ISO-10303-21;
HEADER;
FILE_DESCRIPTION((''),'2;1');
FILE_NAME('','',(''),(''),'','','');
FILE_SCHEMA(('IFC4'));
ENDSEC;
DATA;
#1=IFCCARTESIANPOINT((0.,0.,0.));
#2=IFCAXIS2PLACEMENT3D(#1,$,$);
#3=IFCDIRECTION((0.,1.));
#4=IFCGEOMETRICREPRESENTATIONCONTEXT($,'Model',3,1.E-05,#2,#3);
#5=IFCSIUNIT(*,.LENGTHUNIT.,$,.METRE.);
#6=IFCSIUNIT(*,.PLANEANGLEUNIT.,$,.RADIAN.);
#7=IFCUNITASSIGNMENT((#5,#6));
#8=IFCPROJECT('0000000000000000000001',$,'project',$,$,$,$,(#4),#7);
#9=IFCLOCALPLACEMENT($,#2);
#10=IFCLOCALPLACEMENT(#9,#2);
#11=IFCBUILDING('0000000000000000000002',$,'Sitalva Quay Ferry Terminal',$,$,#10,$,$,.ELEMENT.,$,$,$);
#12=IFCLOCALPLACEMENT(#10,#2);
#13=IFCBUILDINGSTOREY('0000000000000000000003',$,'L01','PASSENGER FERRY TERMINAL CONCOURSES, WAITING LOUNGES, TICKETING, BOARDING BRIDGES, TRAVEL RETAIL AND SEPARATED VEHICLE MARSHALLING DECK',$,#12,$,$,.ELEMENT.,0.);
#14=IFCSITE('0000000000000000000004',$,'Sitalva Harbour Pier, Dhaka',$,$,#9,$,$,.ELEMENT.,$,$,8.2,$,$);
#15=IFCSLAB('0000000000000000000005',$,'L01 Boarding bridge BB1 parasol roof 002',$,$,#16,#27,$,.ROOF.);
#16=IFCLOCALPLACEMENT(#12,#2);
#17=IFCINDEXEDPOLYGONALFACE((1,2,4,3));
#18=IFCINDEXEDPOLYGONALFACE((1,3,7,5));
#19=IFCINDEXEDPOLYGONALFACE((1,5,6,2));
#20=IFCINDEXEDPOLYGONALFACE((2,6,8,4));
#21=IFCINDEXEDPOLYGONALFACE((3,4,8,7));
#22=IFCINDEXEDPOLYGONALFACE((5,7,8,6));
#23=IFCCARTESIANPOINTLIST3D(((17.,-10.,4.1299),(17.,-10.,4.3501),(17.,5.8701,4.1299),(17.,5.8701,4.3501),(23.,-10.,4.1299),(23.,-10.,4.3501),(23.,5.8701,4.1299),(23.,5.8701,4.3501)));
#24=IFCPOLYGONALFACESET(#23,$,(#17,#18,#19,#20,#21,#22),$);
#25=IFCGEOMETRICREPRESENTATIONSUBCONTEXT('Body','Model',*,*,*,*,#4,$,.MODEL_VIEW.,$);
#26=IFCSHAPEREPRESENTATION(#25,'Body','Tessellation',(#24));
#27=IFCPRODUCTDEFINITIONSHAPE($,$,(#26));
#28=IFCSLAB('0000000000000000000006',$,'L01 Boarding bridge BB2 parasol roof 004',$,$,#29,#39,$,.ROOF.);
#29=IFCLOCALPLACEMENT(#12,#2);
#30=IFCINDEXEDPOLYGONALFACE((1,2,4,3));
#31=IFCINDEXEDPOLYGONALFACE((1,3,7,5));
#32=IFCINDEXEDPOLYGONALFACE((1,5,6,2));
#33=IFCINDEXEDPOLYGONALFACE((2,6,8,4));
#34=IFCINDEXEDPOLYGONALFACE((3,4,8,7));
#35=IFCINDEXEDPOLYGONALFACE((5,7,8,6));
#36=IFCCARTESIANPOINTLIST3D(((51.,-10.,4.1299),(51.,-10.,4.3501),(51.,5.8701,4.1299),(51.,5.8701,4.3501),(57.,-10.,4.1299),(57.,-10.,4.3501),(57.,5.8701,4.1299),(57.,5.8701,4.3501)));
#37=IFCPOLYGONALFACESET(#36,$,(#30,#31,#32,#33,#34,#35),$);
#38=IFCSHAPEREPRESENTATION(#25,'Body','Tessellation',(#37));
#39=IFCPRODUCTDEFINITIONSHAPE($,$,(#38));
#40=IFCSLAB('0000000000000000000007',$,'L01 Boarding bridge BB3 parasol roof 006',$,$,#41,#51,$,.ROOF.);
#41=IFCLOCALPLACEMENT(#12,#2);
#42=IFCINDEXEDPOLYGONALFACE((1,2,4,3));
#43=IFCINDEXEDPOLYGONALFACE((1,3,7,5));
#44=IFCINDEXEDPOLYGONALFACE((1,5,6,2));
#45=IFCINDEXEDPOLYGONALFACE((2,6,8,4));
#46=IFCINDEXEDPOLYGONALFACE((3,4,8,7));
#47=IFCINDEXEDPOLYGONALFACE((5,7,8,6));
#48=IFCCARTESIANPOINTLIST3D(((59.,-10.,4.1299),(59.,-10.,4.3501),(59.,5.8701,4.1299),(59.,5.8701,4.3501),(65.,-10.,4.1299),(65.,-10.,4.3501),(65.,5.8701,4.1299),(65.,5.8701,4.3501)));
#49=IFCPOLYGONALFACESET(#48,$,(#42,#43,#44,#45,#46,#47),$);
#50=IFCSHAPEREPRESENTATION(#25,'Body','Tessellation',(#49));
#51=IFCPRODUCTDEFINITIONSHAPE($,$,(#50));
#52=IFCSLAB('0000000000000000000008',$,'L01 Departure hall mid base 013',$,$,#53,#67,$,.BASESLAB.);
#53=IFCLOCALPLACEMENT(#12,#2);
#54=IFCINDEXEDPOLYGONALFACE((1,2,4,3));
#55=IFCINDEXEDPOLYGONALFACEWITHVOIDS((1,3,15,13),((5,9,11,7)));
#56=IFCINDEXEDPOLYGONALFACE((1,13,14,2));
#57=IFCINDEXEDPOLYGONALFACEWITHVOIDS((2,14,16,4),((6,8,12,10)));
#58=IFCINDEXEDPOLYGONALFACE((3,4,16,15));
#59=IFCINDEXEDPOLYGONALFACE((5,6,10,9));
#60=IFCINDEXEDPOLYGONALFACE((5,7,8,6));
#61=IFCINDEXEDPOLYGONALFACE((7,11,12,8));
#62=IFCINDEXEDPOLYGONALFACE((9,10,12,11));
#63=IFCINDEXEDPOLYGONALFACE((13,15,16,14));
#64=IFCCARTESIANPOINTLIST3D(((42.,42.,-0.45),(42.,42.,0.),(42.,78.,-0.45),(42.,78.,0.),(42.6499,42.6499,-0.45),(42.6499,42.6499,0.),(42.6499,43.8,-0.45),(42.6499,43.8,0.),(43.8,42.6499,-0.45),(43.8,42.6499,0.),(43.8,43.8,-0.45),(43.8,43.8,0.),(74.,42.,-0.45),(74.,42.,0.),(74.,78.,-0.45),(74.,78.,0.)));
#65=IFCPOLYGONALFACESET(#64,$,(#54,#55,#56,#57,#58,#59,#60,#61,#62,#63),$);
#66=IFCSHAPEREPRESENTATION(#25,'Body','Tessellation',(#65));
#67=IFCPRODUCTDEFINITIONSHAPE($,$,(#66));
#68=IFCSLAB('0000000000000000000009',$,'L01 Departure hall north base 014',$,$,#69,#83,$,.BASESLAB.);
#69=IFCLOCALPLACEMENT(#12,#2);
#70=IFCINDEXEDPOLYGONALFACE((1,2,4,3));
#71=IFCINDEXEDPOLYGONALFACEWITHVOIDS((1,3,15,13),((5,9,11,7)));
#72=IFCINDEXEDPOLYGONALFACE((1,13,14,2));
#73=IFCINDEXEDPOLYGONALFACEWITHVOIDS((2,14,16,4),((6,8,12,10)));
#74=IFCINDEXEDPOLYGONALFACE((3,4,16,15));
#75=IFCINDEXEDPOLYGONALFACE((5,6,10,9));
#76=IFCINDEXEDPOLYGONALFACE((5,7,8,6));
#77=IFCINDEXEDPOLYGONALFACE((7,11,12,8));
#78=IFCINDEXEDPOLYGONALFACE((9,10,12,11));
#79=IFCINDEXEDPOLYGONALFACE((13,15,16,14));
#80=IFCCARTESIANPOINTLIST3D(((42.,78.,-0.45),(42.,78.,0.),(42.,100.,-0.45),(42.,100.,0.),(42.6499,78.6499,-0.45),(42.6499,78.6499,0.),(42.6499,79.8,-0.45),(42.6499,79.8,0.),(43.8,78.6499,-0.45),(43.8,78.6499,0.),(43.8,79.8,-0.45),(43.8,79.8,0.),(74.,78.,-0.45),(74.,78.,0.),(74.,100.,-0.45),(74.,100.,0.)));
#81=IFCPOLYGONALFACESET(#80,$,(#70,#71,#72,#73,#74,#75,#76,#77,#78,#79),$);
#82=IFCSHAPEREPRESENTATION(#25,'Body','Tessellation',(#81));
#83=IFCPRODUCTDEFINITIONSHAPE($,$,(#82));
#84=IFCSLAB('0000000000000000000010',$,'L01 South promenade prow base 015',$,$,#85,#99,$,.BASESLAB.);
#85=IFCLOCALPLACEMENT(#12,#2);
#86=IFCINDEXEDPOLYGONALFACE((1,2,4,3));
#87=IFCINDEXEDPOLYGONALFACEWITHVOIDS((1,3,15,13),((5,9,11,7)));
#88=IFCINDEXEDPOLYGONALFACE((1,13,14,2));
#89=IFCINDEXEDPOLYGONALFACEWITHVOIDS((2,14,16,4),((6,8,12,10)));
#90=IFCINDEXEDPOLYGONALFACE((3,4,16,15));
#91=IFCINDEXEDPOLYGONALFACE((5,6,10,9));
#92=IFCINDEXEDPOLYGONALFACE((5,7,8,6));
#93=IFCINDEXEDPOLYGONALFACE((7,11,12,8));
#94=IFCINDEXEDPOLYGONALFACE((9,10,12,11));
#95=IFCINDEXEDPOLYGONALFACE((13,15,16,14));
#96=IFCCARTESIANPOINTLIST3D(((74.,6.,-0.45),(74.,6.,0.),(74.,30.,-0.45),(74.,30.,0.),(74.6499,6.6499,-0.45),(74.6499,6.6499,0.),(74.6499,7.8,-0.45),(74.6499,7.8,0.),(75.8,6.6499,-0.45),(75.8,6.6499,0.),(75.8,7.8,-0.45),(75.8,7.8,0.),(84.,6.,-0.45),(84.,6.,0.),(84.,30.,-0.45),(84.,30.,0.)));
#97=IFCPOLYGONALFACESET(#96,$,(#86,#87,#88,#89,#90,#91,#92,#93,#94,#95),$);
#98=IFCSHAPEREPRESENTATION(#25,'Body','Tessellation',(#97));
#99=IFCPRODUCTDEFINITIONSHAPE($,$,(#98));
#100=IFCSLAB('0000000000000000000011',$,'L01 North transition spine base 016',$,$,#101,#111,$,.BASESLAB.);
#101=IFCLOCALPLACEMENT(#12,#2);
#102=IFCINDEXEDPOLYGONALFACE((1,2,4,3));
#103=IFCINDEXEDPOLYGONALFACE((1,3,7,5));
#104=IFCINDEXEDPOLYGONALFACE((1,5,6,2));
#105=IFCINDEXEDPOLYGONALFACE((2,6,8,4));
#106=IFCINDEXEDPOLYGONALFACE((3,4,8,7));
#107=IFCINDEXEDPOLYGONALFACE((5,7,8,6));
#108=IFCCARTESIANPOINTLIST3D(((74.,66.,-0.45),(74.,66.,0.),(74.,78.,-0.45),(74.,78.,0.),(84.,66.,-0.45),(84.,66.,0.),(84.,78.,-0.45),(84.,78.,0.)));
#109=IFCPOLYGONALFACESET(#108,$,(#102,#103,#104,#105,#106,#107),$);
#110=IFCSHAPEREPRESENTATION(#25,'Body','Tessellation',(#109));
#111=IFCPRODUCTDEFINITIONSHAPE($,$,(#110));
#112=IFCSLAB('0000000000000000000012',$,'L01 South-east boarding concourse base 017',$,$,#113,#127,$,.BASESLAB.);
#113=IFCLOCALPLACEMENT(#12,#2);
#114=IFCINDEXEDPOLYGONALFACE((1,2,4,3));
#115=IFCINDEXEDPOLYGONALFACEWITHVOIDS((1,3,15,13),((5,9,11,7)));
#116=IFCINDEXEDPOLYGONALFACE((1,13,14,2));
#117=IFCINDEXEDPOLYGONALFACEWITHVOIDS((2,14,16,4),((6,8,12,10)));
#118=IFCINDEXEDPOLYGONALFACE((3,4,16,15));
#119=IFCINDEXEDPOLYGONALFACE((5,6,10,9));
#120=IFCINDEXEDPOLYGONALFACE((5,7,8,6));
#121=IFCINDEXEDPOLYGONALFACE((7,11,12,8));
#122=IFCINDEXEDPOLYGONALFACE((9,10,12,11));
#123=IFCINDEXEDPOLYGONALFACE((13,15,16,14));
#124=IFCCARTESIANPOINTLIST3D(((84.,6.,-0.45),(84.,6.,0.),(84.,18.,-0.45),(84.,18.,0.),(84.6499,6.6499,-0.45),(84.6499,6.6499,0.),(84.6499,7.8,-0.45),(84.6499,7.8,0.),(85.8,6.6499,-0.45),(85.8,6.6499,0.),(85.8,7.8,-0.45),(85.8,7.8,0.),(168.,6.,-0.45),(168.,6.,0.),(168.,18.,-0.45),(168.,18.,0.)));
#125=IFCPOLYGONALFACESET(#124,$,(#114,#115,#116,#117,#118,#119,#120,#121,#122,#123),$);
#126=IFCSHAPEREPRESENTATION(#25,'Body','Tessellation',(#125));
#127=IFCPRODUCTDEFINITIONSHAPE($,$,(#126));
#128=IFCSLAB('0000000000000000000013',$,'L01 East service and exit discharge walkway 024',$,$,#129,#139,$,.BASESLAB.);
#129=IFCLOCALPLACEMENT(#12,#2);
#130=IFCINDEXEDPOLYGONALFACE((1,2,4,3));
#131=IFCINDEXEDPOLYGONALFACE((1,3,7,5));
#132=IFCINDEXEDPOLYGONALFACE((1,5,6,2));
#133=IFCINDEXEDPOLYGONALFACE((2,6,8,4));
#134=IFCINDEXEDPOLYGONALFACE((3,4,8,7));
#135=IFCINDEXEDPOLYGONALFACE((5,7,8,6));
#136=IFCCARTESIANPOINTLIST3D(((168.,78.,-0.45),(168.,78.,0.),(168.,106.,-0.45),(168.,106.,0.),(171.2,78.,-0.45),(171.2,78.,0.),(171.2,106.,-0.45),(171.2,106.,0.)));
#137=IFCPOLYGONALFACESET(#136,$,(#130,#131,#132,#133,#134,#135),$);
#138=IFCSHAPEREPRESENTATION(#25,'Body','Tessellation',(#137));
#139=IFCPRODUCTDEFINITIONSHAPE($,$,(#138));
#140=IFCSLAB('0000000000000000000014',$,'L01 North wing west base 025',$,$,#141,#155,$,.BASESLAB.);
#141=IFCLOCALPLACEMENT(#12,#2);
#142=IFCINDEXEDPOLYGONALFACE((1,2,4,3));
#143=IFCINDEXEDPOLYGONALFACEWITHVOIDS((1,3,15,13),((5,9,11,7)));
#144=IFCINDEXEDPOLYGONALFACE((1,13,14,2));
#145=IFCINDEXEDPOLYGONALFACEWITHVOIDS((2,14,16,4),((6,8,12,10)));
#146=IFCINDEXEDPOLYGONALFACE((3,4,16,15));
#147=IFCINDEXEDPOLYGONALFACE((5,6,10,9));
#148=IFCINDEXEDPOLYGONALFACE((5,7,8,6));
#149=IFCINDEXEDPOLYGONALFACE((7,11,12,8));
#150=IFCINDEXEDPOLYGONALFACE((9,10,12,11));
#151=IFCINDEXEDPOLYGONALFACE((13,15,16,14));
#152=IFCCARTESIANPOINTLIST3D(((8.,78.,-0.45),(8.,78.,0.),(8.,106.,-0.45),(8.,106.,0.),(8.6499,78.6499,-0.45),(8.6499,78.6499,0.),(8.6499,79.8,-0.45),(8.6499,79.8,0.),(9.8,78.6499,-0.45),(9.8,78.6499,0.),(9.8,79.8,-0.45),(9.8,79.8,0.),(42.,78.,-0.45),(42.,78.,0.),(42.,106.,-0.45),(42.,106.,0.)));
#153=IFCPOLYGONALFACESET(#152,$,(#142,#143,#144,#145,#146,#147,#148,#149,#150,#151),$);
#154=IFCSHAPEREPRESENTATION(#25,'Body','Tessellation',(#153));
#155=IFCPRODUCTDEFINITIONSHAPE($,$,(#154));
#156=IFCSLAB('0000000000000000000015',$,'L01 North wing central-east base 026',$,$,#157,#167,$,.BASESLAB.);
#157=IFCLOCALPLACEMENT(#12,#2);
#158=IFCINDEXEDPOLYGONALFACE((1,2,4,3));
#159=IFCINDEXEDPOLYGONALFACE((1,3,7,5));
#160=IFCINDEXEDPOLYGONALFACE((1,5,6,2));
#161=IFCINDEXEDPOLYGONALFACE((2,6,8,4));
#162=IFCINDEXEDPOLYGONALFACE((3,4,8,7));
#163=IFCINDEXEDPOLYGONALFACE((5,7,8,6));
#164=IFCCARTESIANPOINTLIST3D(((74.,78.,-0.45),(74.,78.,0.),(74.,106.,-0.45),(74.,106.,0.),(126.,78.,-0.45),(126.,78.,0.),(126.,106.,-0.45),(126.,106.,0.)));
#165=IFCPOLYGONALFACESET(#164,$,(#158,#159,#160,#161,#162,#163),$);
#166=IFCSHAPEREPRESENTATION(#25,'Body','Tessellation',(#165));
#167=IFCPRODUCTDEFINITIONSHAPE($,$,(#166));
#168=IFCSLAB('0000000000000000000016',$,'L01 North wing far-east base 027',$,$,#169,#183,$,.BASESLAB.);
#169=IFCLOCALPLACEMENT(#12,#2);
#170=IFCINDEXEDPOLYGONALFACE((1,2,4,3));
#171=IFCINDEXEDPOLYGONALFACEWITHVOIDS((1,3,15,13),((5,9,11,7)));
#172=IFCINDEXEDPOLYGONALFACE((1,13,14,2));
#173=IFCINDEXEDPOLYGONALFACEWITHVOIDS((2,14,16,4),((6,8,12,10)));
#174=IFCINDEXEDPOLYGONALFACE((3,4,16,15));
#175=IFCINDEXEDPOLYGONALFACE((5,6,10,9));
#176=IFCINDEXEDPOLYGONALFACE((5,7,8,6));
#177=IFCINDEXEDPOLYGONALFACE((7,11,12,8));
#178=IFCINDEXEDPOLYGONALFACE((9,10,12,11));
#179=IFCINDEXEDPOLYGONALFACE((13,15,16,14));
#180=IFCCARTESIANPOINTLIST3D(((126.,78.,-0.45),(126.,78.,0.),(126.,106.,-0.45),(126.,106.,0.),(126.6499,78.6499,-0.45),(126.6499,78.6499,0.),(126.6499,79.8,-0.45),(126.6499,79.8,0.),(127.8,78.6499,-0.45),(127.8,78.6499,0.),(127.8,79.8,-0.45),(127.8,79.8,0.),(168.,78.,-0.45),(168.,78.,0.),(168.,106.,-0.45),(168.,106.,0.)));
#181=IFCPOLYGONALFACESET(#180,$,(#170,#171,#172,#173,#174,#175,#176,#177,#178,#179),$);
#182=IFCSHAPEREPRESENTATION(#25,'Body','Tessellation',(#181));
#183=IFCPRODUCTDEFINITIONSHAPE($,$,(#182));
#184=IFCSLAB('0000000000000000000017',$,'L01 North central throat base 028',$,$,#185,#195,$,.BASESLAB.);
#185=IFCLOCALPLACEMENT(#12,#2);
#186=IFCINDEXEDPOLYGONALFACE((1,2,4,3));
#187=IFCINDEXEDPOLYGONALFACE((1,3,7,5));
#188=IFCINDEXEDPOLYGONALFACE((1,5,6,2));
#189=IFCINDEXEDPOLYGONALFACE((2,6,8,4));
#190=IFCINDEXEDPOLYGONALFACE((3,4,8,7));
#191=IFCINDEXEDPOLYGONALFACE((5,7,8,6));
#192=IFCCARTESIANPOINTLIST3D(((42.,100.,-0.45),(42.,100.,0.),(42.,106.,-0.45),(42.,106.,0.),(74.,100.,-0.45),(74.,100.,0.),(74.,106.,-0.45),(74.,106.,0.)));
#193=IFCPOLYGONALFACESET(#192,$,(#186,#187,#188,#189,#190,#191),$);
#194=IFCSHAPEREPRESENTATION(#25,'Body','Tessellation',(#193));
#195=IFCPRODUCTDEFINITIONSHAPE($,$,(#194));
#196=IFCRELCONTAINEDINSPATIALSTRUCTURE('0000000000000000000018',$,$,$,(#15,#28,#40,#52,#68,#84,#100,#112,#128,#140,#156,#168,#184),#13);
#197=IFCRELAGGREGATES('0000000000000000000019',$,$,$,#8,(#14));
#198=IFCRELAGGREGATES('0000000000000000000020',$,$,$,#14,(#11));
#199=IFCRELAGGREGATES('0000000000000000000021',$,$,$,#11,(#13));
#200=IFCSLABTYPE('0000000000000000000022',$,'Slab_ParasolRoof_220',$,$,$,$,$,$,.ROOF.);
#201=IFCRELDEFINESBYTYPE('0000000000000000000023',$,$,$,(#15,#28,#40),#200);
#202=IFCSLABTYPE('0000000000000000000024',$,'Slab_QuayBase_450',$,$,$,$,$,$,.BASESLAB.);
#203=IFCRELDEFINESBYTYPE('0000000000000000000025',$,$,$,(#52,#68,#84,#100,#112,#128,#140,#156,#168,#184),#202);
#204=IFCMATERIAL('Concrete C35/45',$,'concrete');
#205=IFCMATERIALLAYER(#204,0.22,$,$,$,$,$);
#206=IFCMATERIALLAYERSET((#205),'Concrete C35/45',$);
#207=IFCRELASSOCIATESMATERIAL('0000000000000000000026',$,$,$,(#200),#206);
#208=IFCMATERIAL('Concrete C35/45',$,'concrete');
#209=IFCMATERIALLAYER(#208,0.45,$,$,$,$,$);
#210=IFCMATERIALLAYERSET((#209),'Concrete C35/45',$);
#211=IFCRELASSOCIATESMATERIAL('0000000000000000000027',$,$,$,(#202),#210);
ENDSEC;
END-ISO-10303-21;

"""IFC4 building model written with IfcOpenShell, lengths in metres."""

from ifc_helpers import new_model, si_unit, direction, frame, origin, place, context, subcontext, project, spatial, polyline, outline, extrude, material, layer, layer_set, type_object, element, save


model = new_model("IFC4")

# Units and contexts
model_context = context("Model", 3, precision=1e-05, world=origin(), true_north=direction((0.0, 1.0)))
body_context = subcontext(model_context, "Body", "Model", "MODEL_VIEW")
ifc_project = project(units=[si_unit("LENGTHUNIT", "METRE"), si_unit("PLANEANGLEUNIT", "RADIAN")], contexts=[model_context])

# Site, building, storey
site_placement = place(None, origin())
site = spatial("IfcSite", under=ifc_project, at=site_placement, Name="Sitalva Harbour Pier, Dhaka", CompositionType="ELEMENT", RefElevation=8.2)
building_placement = place(site_placement, origin())
building = spatial("IfcBuilding", under=site, at=building_placement, Name="Sitalva Quay Ferry Terminal", CompositionType="ELEMENT")
storey_placement = place(building_placement, origin())
storey = spatial("IfcBuildingStorey", under=building, at=storey_placement, Name="L01", Description="PASSENGER FERRY TERMINAL CONCOURSES, WAITING LOUNGES, TICKETING, BOARDING BRIDGES, TRAVEL RETAIL AND SEPARATED VEHICLE MARSHALLING DECK", CompositionType="ELEMENT", Elevation=0.0)

# Slabs
ifc_material_1 = material(Name="Concrete C35/45", Category="concrete")
ifc_layer_1 = layer(ifc_material_1, 0.22)
ifc_layer_set_1 = layer_set([ifc_layer_1], Name="Concrete C35/45")
slab_type_1 = type_object("IfcSlabType", Name="Slab_ParasolRoof_220", PredefinedType="ROOF", material=ifc_layer_set_1)
slab_1_placement = place(storey_placement, frame((0.0, 0.0, 4.1299)))
element("IfcSlab", 1, at=slab_1_placement, inside=storey, type_object=slab_type_1, Name="L01 Boarding bridge BB1 parasol roof 002", PredefinedType="ROOF", context=body_context, shape_type="SweptSolid", body=[
    extrude(outline(polyline([(17.0, -10.0), (23.0, -10.0), (23.0, 5.8701), (17.0, 5.8701), (17.0, -10.0)])), origin(), (0.0, 0.0, 1.0), 0.2202),
])
slab_2_placement = place(storey_placement, frame((0.0, 0.0, 4.1299)))
element("IfcSlab", 2, at=slab_2_placement, inside=storey, type_object=slab_type_1, Name="L01 Boarding bridge BB2 parasol roof 004", PredefinedType="ROOF", context=body_context, shape_type="SweptSolid", body=[
    extrude(outline(polyline([(51.0, -10.0), (57.0, -10.0), (57.0, 5.8701), (51.0, 5.8701), (51.0, -10.0)])), origin(), (0.0, 0.0, 1.0), 0.2202),
])
slab_3_placement = place(storey_placement, frame((0.0, 0.0, 4.1299)))
element("IfcSlab", 3, at=slab_3_placement, inside=storey, type_object=slab_type_1, Name="L01 Boarding bridge BB3 parasol roof 006", PredefinedType="ROOF", context=body_context, shape_type="SweptSolid", body=[
    extrude(outline(polyline([(59.0, -10.0), (65.0, -10.0), (65.0, 5.8701), (59.0, 5.8701), (59.0, -10.0)])), origin(), (0.0, 0.0, 1.0), 0.2202),
])
ifc_material_2 = material(Name="Concrete C35/45", Category="concrete")
ifc_layer_2 = layer(ifc_material_2, 0.45)
ifc_layer_set_2 = layer_set([ifc_layer_2], Name="Concrete C35/45")
slab_type_2 = type_object("IfcSlabType", Name="Slab_QuayBase_450", PredefinedType="BASESLAB", material=ifc_layer_set_2)
slab_4_placement = place(storey_placement, frame((0.0, 0.0, -0.45)))
element("IfcSlab", 4, at=slab_4_placement, inside=storey, type_object=slab_type_2, Name="L01 Departure hall mid base 013", PredefinedType="BASESLAB", context=body_context, shape_type="SweptSolid", body=[
    extrude(outline(polyline([(42.0, 42.0), (74.0, 42.0), (74.0, 78.0), (42.0, 78.0), (42.0, 42.0)]), holes=[polyline([(42.6499, 42.6499), (42.6499, 43.8), (43.8, 43.8), (43.8, 42.6499), (42.6499, 42.6499)])]), origin(), (0.0, 0.0, 1.0), 0.45),
])
slab_5_placement = place(storey_placement, frame((0.0, 0.0, -0.45)))
element("IfcSlab", 5, at=slab_5_placement, inside=storey, type_object=slab_type_2, Name="L01 Departure hall north base 014", PredefinedType="BASESLAB", context=body_context, shape_type="SweptSolid", body=[
    extrude(outline(polyline([(42.0, 78.0), (74.0, 78.0), (74.0, 100.0), (42.0, 100.0), (42.0, 78.0)]), holes=[polyline([(42.6499, 78.6499), (42.6499, 79.8), (43.8, 79.8), (43.8, 78.6499), (42.6499, 78.6499)])]), origin(), (0.0, 0.0, 1.0), 0.45),
])
slab_6_placement = place(storey_placement, frame((0.0, 0.0, -0.45)))
element("IfcSlab", 6, at=slab_6_placement, inside=storey, type_object=slab_type_2, Name="L01 South promenade prow base 015", PredefinedType="BASESLAB", context=body_context, shape_type="SweptSolid", body=[
    extrude(outline(polyline([(74.0, 6.0), (84.0, 6.0), (84.0, 30.0), (74.0, 30.0), (74.0, 6.0)]), holes=[polyline([(74.6499, 6.6499), (74.6499, 7.8), (75.8, 7.8), (75.8, 6.6499), (74.6499, 6.6499)])]), origin(), (0.0, 0.0, 1.0), 0.45),
])
slab_7_placement = place(storey_placement, frame((0.0, 0.0, -0.45)))
element("IfcSlab", 7, at=slab_7_placement, inside=storey, type_object=slab_type_2, Name="L01 North transition spine base 016", PredefinedType="BASESLAB", context=body_context, shape_type="SweptSolid", body=[
    extrude(outline(polyline([(74.0, 66.0), (84.0, 66.0), (84.0, 78.0), (74.0, 78.0), (74.0, 66.0)])), origin(), (0.0, 0.0, 1.0), 0.45),
])
slab_8_placement = place(storey_placement, frame((0.0, 0.0, -0.45)))
element("IfcSlab", 8, at=slab_8_placement, inside=storey, type_object=slab_type_2, Name="L01 South-east boarding concourse base 017", PredefinedType="BASESLAB", context=body_context, shape_type="SweptSolid", body=[
    extrude(outline(polyline([(84.0, 6.0), (168.0, 6.0), (168.0, 18.0), (84.0, 18.0), (84.0, 6.0)]), holes=[polyline([(84.6499, 6.6499), (84.6499, 7.8), (85.8, 7.8), (85.8, 6.6499), (84.6499, 6.6499)])]), origin(), (0.0, 0.0, 1.0), 0.45),
])
slab_9_placement = place(storey_placement, frame((0.0, 0.0, -0.45)))
element("IfcSlab", 9, at=slab_9_placement, inside=storey, type_object=slab_type_2, Name="L01 East service and exit discharge walkway 024", PredefinedType="BASESLAB", context=body_context, shape_type="SweptSolid", body=[
    extrude(outline(polyline([(168.0, 78.0), (171.2, 78.0), (171.2, 106.0), (168.0, 106.0), (168.0, 78.0)])), origin(), (0.0, 0.0, 1.0), 0.45),
])
slab_10_placement = place(storey_placement, frame((0.0, 0.0, -0.45)))
element("IfcSlab", 10, at=slab_10_placement, inside=storey, type_object=slab_type_2, Name="L01 North wing west base 025", PredefinedType="BASESLAB", context=body_context, shape_type="SweptSolid", body=[
    extrude(outline(polyline([(8.0, 78.0), (42.0, 78.0), (42.0, 106.0), (8.0, 106.0), (8.0, 78.0)]), holes=[polyline([(8.6499, 78.6499), (8.6499, 79.8), (9.8, 79.8), (9.8, 78.6499), (8.6499, 78.6499)])]), origin(), (0.0, 0.0, 1.0), 0.45),
])
slab_11_placement = place(storey_placement, frame((0.0, 0.0, -0.45)))
element("IfcSlab", 11, at=slab_11_placement, inside=storey, type_object=slab_type_2, Name="L01 North wing central-east base 026", PredefinedType="BASESLAB", context=body_context, shape_type="SweptSolid", body=[
    extrude(outline(polyline([(74.0, 78.0), (126.0, 78.0), (126.0, 106.0), (74.0, 106.0), (74.0, 78.0)])), origin(), (0.0, 0.0, 1.0), 0.45),
])
slab_12_placement = place(storey_placement, frame((0.0, 0.0, -0.45)))
element("IfcSlab", 12, at=slab_12_placement, inside=storey, type_object=slab_type_2, Name="L01 North wing far-east base 027", PredefinedType="BASESLAB", context=body_context, shape_type="SweptSolid", body=[
    extrude(outline(polyline([(126.0, 78.0), (168.0, 78.0), (168.0, 106.0), (126.0, 106.0), (126.0, 78.0)]), holes=[polyline([(126.6499, 78.6499), (126.6499, 79.8), (127.8, 79.8), (127.8, 78.6499), (126.6499, 78.6499)])]), origin(), (0.0, 0.0, 1.0), 0.45),
])
slab_13_placement = place(storey_placement, frame((0.0, 0.0, -0.45)))
element("IfcSlab", 13, at=slab_13_placement, inside=storey, type_object=slab_type_2, Name="L01 North central throat base 028", PredefinedType="BASESLAB", context=body_context, shape_type="SweptSolid", body=[
    extrude(outline(polyline([(42.0, 100.0), (74.0, 100.0), (74.0, 106.0), (42.0, 106.0), (42.0, 100.0)])), origin(), (0.0, 0.0, 1.0), 0.45),
])

save(model, "model.ifc")
